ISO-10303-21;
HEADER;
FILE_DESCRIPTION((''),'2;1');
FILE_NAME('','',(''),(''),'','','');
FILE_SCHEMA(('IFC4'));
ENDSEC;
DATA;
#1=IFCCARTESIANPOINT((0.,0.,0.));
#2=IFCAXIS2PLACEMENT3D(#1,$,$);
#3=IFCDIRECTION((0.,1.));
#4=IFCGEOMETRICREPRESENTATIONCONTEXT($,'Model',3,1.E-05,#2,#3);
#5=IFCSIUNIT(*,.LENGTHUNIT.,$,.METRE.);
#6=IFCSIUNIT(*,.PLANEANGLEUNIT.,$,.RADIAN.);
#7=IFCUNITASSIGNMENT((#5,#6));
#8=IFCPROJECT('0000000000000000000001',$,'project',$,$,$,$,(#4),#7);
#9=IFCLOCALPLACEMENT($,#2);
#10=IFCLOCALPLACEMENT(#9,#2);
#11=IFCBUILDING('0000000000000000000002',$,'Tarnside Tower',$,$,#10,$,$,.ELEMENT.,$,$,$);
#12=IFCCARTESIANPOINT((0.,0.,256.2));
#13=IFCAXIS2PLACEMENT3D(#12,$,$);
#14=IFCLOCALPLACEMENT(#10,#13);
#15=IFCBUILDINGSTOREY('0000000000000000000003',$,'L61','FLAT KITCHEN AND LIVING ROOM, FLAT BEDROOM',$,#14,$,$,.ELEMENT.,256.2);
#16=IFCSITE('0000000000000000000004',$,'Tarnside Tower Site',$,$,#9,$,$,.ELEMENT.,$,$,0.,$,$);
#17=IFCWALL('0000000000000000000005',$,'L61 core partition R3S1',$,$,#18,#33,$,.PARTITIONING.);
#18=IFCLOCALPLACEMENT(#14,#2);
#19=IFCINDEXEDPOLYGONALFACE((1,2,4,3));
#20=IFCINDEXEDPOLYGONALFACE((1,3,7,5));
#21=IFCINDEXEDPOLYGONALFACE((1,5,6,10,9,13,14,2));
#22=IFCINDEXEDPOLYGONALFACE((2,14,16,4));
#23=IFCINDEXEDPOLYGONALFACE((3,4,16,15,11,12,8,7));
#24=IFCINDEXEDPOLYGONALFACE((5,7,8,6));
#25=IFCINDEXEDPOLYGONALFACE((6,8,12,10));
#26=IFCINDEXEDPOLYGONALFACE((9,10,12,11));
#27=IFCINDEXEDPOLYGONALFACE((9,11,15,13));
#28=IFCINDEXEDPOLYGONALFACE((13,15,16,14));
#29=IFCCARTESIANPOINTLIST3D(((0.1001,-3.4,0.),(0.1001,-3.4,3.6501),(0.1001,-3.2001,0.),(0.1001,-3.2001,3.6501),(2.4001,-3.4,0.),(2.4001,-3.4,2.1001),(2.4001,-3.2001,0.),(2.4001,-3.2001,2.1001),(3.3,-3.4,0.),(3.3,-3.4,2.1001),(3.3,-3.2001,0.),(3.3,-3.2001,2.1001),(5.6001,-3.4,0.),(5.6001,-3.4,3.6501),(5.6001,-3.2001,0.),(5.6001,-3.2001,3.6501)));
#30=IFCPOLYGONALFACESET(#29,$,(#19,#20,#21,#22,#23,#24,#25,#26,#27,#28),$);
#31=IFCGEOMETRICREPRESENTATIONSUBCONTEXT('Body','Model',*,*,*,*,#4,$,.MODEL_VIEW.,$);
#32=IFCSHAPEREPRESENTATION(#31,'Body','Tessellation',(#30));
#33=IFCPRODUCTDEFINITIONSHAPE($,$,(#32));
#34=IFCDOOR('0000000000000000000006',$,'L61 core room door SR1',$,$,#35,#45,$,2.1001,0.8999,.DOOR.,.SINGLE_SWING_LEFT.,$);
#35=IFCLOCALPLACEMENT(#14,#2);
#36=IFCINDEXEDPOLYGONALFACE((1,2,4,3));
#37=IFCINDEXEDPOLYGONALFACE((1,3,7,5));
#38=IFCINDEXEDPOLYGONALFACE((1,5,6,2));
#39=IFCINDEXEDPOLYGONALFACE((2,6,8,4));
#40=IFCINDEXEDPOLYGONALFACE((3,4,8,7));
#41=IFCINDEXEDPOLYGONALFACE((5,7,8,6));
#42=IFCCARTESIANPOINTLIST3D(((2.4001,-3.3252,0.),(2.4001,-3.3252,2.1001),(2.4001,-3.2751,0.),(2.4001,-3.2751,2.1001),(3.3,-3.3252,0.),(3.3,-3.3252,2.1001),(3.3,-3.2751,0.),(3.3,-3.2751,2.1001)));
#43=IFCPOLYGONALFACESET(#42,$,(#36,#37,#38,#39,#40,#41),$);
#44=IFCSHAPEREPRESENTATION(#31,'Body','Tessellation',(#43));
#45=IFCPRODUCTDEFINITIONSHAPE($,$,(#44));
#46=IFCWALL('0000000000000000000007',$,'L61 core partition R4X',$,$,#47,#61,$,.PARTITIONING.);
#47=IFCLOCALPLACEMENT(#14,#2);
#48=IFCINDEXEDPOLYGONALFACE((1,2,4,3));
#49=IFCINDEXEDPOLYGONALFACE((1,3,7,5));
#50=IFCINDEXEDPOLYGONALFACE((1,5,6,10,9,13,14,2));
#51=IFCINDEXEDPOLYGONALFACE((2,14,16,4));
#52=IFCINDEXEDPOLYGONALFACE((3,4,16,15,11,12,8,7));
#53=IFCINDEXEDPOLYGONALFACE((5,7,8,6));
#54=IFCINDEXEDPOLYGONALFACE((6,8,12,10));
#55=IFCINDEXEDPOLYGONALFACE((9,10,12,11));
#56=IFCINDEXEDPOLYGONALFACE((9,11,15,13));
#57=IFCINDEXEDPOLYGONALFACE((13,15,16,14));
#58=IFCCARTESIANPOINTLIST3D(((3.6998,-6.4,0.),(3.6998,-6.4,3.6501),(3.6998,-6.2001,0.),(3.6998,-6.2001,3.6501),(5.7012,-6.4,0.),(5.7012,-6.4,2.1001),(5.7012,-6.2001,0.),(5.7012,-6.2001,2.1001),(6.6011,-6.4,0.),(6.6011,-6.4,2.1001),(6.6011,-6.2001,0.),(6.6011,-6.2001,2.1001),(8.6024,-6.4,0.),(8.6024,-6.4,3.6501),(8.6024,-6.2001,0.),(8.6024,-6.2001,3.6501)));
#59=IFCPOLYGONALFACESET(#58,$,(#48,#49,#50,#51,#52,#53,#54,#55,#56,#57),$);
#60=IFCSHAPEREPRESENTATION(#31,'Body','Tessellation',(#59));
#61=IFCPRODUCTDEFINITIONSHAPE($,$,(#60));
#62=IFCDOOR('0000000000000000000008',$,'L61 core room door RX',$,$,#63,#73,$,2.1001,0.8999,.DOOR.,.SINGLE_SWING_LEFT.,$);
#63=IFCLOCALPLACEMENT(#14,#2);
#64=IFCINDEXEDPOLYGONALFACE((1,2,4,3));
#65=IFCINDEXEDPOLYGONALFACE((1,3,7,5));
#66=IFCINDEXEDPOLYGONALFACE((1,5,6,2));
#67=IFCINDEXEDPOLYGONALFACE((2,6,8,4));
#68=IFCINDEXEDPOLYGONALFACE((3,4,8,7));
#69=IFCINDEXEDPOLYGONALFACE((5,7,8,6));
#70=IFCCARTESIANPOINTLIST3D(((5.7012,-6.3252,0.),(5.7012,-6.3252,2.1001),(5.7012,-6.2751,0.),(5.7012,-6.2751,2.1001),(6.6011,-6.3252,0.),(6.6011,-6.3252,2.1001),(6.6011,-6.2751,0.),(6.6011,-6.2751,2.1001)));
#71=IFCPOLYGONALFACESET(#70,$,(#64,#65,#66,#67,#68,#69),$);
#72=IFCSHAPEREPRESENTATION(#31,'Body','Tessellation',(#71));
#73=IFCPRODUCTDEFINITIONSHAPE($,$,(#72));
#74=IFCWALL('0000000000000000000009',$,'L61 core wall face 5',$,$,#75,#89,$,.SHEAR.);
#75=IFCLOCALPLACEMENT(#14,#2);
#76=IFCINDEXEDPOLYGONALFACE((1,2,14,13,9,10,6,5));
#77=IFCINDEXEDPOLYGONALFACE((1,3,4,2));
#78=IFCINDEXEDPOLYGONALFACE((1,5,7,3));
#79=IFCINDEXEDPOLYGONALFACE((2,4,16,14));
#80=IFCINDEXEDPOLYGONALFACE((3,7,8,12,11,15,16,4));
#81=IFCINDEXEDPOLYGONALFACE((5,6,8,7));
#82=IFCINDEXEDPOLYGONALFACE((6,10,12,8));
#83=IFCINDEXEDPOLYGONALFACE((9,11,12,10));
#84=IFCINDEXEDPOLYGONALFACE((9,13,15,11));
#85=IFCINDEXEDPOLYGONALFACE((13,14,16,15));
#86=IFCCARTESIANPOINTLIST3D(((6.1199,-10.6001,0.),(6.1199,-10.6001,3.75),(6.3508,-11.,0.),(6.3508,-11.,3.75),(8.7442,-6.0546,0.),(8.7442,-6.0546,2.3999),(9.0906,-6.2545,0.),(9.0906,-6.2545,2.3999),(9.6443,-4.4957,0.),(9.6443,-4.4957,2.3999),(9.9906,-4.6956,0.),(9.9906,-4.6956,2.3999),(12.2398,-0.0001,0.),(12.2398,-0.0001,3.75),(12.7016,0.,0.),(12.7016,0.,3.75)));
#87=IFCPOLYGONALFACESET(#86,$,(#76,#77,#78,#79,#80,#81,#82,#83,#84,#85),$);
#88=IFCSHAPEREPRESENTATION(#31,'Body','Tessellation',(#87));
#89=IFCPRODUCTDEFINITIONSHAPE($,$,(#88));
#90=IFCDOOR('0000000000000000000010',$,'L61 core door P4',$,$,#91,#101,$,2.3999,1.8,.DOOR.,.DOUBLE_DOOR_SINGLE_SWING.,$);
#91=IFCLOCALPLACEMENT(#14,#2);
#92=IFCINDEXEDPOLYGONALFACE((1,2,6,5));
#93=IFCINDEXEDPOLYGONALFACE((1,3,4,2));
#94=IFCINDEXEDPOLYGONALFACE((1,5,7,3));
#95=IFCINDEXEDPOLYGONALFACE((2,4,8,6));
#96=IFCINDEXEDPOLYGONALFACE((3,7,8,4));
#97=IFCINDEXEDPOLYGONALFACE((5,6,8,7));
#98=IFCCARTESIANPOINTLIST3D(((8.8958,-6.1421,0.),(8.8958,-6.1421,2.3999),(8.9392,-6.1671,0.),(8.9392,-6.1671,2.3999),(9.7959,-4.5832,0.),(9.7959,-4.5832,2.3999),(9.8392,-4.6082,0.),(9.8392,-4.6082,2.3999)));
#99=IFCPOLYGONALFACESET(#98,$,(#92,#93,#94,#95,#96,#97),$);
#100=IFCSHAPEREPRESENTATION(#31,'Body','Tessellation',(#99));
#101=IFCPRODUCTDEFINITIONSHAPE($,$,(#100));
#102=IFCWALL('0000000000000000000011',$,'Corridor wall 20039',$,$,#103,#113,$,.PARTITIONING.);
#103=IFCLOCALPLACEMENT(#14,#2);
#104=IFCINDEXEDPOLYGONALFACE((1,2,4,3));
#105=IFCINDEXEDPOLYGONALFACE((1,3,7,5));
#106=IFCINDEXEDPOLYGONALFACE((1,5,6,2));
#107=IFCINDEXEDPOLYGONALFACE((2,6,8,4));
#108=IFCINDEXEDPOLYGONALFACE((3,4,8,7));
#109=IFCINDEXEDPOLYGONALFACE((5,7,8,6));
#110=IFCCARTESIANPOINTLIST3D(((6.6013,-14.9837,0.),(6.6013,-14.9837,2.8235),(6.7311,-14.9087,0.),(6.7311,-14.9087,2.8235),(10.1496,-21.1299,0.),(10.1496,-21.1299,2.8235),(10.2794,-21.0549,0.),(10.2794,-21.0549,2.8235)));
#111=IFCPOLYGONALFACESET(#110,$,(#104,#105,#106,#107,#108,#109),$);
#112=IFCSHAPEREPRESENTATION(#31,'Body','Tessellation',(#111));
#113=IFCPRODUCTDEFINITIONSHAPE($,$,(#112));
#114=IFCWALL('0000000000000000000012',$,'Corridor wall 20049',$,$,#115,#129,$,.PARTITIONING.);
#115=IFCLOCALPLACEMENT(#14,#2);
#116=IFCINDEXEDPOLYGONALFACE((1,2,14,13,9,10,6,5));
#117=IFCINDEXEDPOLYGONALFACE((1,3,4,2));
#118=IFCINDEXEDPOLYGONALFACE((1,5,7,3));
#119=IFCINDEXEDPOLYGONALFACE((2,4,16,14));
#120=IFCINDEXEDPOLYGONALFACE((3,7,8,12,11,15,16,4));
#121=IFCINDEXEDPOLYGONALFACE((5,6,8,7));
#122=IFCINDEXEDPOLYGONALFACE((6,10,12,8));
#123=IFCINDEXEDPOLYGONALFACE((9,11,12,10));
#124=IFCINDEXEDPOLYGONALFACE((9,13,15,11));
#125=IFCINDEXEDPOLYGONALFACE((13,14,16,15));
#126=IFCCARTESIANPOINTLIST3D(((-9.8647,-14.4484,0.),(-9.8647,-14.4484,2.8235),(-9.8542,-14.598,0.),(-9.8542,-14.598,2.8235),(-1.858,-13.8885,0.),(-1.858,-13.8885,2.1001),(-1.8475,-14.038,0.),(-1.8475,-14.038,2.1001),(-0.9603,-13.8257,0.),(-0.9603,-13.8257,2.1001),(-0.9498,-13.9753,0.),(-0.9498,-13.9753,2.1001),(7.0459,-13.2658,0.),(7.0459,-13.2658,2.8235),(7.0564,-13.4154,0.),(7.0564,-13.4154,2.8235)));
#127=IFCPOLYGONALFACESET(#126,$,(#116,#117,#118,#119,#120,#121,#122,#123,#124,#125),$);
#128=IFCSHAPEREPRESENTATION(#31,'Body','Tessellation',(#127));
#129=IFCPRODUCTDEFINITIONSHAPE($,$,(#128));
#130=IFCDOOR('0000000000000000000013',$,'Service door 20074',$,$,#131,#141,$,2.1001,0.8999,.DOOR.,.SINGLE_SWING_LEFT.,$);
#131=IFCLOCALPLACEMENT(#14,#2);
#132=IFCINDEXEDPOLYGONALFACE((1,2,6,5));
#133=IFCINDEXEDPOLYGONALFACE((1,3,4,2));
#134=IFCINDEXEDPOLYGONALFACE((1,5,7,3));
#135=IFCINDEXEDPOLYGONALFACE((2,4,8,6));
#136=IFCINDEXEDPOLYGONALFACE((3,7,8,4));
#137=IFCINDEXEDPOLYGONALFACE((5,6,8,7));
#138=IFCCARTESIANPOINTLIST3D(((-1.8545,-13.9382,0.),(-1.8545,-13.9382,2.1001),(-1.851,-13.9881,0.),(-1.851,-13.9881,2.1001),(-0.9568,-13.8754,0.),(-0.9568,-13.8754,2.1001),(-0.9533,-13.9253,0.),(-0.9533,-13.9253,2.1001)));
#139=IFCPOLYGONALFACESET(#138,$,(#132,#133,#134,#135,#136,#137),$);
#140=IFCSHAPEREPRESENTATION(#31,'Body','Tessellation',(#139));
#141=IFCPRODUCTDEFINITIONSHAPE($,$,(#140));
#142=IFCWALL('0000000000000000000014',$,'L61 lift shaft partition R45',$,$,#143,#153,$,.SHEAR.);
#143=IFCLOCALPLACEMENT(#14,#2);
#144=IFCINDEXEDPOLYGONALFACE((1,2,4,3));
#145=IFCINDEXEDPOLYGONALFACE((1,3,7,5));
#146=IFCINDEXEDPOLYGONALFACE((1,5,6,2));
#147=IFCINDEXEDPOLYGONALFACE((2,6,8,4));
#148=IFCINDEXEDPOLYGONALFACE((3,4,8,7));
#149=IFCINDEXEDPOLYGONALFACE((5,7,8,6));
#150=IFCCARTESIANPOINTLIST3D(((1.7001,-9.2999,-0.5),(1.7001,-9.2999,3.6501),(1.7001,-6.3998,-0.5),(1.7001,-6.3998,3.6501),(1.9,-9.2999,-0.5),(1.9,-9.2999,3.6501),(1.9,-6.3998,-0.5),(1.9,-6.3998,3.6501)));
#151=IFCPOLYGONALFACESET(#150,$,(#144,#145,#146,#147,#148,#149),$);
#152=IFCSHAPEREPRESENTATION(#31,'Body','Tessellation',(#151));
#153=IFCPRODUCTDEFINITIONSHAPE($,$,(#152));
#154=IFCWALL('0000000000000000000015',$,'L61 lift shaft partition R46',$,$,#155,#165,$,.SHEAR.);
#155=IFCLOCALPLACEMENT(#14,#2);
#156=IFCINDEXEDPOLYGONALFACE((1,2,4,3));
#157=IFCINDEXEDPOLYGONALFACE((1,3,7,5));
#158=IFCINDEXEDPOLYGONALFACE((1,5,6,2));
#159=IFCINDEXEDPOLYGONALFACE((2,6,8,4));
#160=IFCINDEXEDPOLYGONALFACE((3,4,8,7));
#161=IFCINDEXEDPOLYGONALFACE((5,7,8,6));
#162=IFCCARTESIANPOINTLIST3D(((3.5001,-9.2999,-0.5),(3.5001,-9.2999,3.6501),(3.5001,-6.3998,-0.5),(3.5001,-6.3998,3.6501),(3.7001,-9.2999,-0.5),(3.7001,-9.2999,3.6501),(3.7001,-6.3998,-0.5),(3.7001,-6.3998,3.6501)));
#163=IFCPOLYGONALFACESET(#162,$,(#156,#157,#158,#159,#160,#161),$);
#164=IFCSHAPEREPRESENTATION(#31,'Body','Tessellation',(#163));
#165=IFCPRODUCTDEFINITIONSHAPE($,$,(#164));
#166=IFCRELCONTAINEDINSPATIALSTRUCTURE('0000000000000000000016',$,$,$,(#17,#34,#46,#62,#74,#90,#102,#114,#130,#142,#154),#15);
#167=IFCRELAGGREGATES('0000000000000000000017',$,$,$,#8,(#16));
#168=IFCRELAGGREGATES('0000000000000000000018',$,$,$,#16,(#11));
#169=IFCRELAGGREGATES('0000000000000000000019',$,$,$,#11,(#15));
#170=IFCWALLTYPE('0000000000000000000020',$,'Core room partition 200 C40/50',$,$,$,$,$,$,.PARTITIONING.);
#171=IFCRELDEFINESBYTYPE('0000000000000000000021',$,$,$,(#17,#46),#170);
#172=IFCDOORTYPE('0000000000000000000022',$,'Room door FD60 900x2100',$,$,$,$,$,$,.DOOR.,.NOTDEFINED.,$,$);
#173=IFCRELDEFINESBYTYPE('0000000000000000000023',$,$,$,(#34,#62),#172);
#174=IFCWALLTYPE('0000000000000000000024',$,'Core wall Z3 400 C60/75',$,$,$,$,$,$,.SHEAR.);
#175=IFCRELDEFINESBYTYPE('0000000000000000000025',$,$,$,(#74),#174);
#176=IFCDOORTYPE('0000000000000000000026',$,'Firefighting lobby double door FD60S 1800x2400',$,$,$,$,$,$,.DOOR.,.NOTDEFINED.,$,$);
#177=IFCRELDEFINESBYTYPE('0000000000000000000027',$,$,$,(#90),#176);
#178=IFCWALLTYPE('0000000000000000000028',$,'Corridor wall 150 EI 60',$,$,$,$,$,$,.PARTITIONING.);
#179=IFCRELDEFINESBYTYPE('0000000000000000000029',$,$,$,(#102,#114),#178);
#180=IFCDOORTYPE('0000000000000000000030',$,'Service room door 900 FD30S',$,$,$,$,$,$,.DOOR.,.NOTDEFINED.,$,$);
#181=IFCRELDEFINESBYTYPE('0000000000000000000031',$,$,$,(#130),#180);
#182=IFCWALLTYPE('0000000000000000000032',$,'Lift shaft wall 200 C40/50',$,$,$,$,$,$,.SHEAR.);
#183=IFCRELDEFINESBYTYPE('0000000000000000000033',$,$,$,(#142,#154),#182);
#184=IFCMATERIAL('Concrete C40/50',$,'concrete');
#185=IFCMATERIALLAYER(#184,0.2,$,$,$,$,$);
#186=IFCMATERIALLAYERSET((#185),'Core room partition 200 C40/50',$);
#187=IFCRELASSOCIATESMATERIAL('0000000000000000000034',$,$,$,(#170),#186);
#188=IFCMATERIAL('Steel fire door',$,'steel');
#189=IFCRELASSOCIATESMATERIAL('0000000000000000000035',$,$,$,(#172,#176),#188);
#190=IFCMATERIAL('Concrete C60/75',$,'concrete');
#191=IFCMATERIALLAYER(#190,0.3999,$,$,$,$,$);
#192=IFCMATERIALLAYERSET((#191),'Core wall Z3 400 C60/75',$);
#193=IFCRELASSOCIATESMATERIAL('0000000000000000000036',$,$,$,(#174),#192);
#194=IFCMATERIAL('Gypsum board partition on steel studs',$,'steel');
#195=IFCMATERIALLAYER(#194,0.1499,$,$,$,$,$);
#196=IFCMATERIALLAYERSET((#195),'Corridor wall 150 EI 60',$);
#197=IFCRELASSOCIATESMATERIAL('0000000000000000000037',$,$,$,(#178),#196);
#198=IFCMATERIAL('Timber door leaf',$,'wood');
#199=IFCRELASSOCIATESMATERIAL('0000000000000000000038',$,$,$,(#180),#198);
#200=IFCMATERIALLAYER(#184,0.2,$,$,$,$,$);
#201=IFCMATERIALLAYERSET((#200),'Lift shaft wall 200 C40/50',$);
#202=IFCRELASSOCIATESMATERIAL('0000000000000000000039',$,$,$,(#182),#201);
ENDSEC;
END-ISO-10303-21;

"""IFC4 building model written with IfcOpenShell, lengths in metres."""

from ifc_helpers import new_model, si_unit, direction, frame, frame_2d, origin, place, context, subcontext, project, spatial, polyline, rectangle, outline, extrude, material, layer, layer_set, type_object, element, fill, save


model = new_model("IFC4")

# Units and contexts
model_context = context("Model", 3, precision=1e-05, world=origin(), true_north=direction((0.0, 1.0)))
body_context = subcontext(model_context, "Body", "Model", "MODEL_VIEW")
ifc_project = project(units=[si_unit("LENGTHUNIT", "METRE"), si_unit("PLANEANGLEUNIT", "RADIAN")], contexts=[model_context])

# Site, building, storey
site_placement = place(None, origin())
site = spatial("IfcSite", under=ifc_project, at=site_placement, Name="Tarnside Tower Site", CompositionType="ELEMENT", RefElevation=0.0)
building_placement = place(site_placement, origin())
building = spatial("IfcBuilding", under=site, at=building_placement, Name="Tarnside Tower", CompositionType="ELEMENT")
storey_placement = place(building_placement, frame((0.0, 0.0, 256.2)))
storey = spatial("IfcBuildingStorey", under=building, at=storey_placement, Name="L61", Description="FLAT KITCHEN AND LIVING ROOM, FLAT BEDROOM", CompositionType="ELEMENT", Elevation=256.2)

# Walls, openings, doors
ifc_material_1 = material(Name="Concrete C40/50", Category="concrete")
ifc_layer_1 = layer(ifc_material_1, 0.2)
ifc_layer_set_1 = layer_set([ifc_layer_1], Name="Core room partition 200 C40/50")
wall_type_1 = type_object("IfcWallType", Name="Core room partition 200 C40/50", PredefinedType="PARTITIONING", material=ifc_layer_set_1)
wall_1_placement = place(storey_placement, frame((0.1001, -3.3, 0.0), z_axis=(0.0, 0.0, 1.0), x_axis=(1.0, 0.0, 0.0)))
wall_1 = element("IfcWall", 1, at=wall_1_placement, inside=storey, type_object=wall_type_1, Name="L61 core partition R3S1", PredefinedType="PARTITIONING", context=body_context, shape_type="SweptSolid", body=[
    extrude(rectangle(XDim=5.5, YDim=0.2, at=frame_2d((2.75, 0.0))), origin(), (0.0, 0.0, 1.0), 3.6501),
])
opening_1_placement = place(wall_1_placement, frame((2.3, 0.0, 0.0)))
opening_1 = element("IfcOpeningElement", 2, at=opening_1_placement, cuts=wall_1, PredefinedType="OPENING", context=body_context, shape_type="SweptSolid", body=[
    extrude(rectangle(XDim=0.8999, YDim=2.1001, at=frame_2d((0.45, 1.05))), frame((0.0, 0.1099, 0.0), z_axis=(0.0, -1.0, 0.0), x_axis=(1.0, 0.0, 0.0)), (0.0, 0.0, 1.0), 0.22),
])
ifc_material_2 = material(Name="Steel fire door", Category="steel")
door_type_1 = type_object("IfcDoorType", Name="Room door FD60 900x2100", OperationType="NOTDEFINED", PredefinedType="DOOR", material=ifc_material_2)
door_1_placement = place(opening_1_placement, origin())
door_1 = element("IfcDoor", 3, at=door_1_placement, inside=storey, type_object=door_type_1, Name="L61 core room door SR1", OperationType="SINGLE_SWING_LEFT", OverallHeight=2.1001, OverallWidth=0.8999, PredefinedType="DOOR", context=body_context, shape_type="SweptSolid", body=[
    extrude(rectangle(XDim=0.8999, YDim=2.1001, at=frame_2d((0.45, 1.05))), frame((0.0, 0.0249, 0.0), z_axis=(0.0, -1.0, 0.0), x_axis=(1.0, 0.0, 0.0)), (0.0, 0.0, 1.0), 0.05),
])
fill(opening_1, door_1)
wall_2_placement = place(storey_placement, frame((3.7, -6.3, 0.0), z_axis=(0.0, 0.0, 1.0), x_axis=(1.0, 0.0, 0.0)))
wall_2 = element("IfcWall", 4, at=wall_2_placement, inside=storey, type_object=wall_type_1, Name="L61 core partition R4X", PredefinedType="PARTITIONING", context=body_context, shape_type="SweptSolid", body=[
    extrude(rectangle(XDim=4.9026, YDim=0.2, at=frame_2d((2.4512, 0.0))), origin(), (0.0, 0.0, 1.0), 3.6501),
])
opening_2_placement = place(wall_2_placement, frame((2.0012, 0.0, 0.0)))
opening_2 = element("IfcOpeningElement", 5, at=opening_2_placement, cuts=wall_2, PredefinedType="OPENING", context=body_context, shape_type="SweptSolid", body=[
    extrude(rectangle(XDim=0.8999, YDim=2.1001, at=frame_2d((0.45, 1.05))), frame((0.0, 0.1099, 0.0), z_axis=(0.0, -1.0, 0.0), x_axis=(1.0, 0.0, 0.0)), (0.0, 0.0, 1.0), 0.22),
])
door_2_placement = place(opening_2_placement, origin())
door_2 = element("IfcDoor", 6, at=door_2_placement, inside=storey, type_object=door_type_1, Name="L61 core room door RX", OperationType="SINGLE_SWING_LEFT", OverallHeight=2.1001, OverallWidth=0.8999, PredefinedType="DOOR", context=body_context, shape_type="SweptSolid", body=[
    extrude(rectangle(XDim=0.8999, YDim=2.1001, at=frame_2d((0.45, 1.05))), frame((0.0, 0.0249, 0.0), z_axis=(0.0, -1.0, 0.0), x_axis=(1.0, 0.0, 0.0)), (0.0, 0.0, 1.0), 0.05),
])
fill(opening_2, door_2)
ifc_material_3 = material(Name="Concrete C60/75", Category="concrete")
ifc_layer_2 = layer(ifc_material_3, 0.3999)
ifc_layer_set_2 = layer_set([ifc_layer_2], Name="Core wall Z3 400 C60/75")
wall_type_2 = type_object("IfcWallType", Name="Core wall Z3 400 C60/75", PredefinedType="SHEAR", material=ifc_layer_set_2)
wall_3_placement = place(storey_placement, frame((6.2354, -10.8, 0.0), z_axis=(0.0, 0.0, 1.0), x_axis=(0.499996, 0.866027, 0.0)))
wall_3 = element("IfcWall", 7, at=wall_3_placement, inside=storey, type_object=wall_type_2, Name="L61 core wall face 5", PredefinedType="SHEAR", context=body_context, shape_type="SweptSolid", body=[
    extrude(outline(polyline([(-0.1155, -0.2), (12.5862, -0.2), (12.3552, 0.2), (0.1155, 0.2), (-0.1155, -0.2)])), origin(), (0.0, 0.0, 1.0), 3.75),
])
opening_3_placement = place(wall_3_placement, frame((5.3643, 0.0, 0.0)))
opening_3 = element("IfcOpeningElement", 8, at=opening_3_placement, cuts=wall_3, PredefinedType="OPENING", context=body_context, shape_type="SweptSolid", body=[
    extrude(rectangle(XDim=1.8, YDim=2.3999, at=frame_2d((0.8999, 1.2))), frame((0.0, 0.21, 0.0), z_axis=(0.0, -1.0, 0.0), x_axis=(1.0, 0.0, 0.0)), (0.0, 0.0, 1.0), 0.4199),
])
door_type_2 = type_object("IfcDoorType", Name="Firefighting lobby double door FD60S 1800x2400", OperationType="NOTDEFINED", PredefinedType="DOOR", material=ifc_material_2)
door_3_placement = place(opening_3_placement, origin())
door_3 = element("IfcDoor", 9, at=door_3_placement, inside=storey, type_object=door_type_2, Name="L61 core door P4", OperationType="DOUBLE_DOOR_SINGLE_SWING", OverallHeight=2.3999, OverallWidth=1.8, PredefinedType="DOOR", context=body_context, shape_type="SweptSolid", body=[
    extrude(rectangle(XDim=1.8, YDim=2.3999, at=frame_2d((0.8999, 1.2))), frame((0.0, 0.0249, 0.0), z_axis=(0.0, -1.0, 0.0), x_axis=(1.0, 0.0, 0.0)), (0.0, 0.0, 1.0), 0.05),
])
fill(opening_3, door_3)

# Wall
ifc_material_4 = material(Name="Gypsum board partition on steel studs", Category="steel")
ifc_layer_3 = layer(ifc_material_4, 0.1499)
ifc_layer_set_3 = layer_set([ifc_layer_3], Name="Corridor wall 150 EI 60")
wall_type_3 = type_object("IfcWallType", Name="Corridor wall 150 EI 60", PredefinedType="PARTITIONING", material=ifc_layer_set_3)
wall_4_placement = place(storey_placement, frame((6.6663, -14.9463, 0.0), z_axis=(0.0, 0.0, 1.0), x_axis=(0.49998, -0.866037, 0.0)))
element("IfcWall", 10, at=wall_4_placement, inside=storey, type_object=wall_type_3, Name="Corridor wall 20039", PredefinedType="PARTITIONING", context=body_context, shape_type="SweptSolid", body=[
    extrude(rectangle(XDim=7.0969, YDim=0.1499, at=frame_2d((3.5483, 0.0))), origin(), (0.0, 0.0, 1.0), 2.8235),
])

# Wall, opening, door
wall_5_placement = place(storey_placement, frame((7.0513, -13.3406, 0.0), z_axis=(0.0, 0.0, 1.0), x_axis=(-0.997564, -0.069763, 0.0)))
wall_5 = element("IfcWall", 11, at=wall_5_placement, inside=storey, type_object=wall_type_3, Name="Corridor wall 20049", PredefinedType="PARTITIONING", context=body_context, shape_type="SweptSolid", body=[
    extrude(rectangle(XDim=16.9519, YDim=0.1499, at=frame_2d((8.4761, 0.0))), origin(), (0.0, 0.0, 1.0), 2.8235),
])
opening_4_placement = place(wall_5_placement, frame((8.0259, 0.0, 0.0)))
opening_4 = element("IfcOpeningElement", 12, at=opening_4_placement, cuts=wall_5, PredefinedType="OPENING", context=body_context, shape_type="SweptSolid", body=[
    extrude(rectangle(XDim=0.8999, YDim=2.1001, at=frame_2d((0.45, 1.05))), frame((0.0, 0.085, 0.0), z_axis=(0.0, -1.0, 0.0), x_axis=(1.0, 0.0, 0.0)), (0.0, 0.0, 1.0), 0.1699),
])
ifc_material_5 = material(Name="Timber door leaf", Category="wood")
door_type_3 = type_object("IfcDoorType", Name="Service room door 900 FD30S", OperationType="NOTDEFINED", PredefinedType="DOOR", material=ifc_material_5)
door_4_placement = place(opening_4_placement, origin())
door_4 = element("IfcDoor", 13, at=door_4_placement, inside=storey, type_object=door_type_3, Name="Service door 20074", OperationType="SINGLE_SWING_LEFT", OverallHeight=2.1001, OverallWidth=0.8999, PredefinedType="DOOR", context=body_context, shape_type="SweptSolid", body=[
    extrude(rectangle(XDim=0.8999, YDim=2.1001, at=frame_2d((0.45, 1.05))), frame((0.0, 0.0249, 0.0), z_axis=(0.0, -1.0, 0.0), x_axis=(1.0, 0.0, 0.0)), (0.0, 0.0, 1.0), 0.05),
])
fill(opening_4, door_4)

# Walls
ifc_layer_4 = layer(ifc_material_1, 0.2)
ifc_layer_set_4 = layer_set([ifc_layer_4], Name="Lift shaft wall 200 C40/50")
wall_type_4 = type_object("IfcWallType", Name="Lift shaft wall 200 C40/50", PredefinedType="SHEAR", material=ifc_layer_set_4)
for number, where, z_axis, x_axis, name in (
    (14, (1.8, -9.3, -0.5), (0.0, 0.0, 1.0), (0.0, 1.0, 0.0), "L61 lift shaft partition R45"),
    (15, (3.6001, -9.3, -0.5), (0.0, 0.0, 1.0), (0.0, 1.0, 0.0), "L61 lift shaft partition R46"),
):
    element("IfcWall", number, at=place(storey_placement, frame(where, z_axis=z_axis, x_axis=x_axis)), inside=storey, type_object=wall_type_4, Name=name, PredefinedType="SHEAR", context=body_context, shape_type="SweptSolid", body=[
        extrude(rectangle(XDim=2.9001, YDim=0.2, at=frame_2d((1.4502, 0.0))), origin(), (0.0, 0.0, 1.0), 4.1501),
    ])

save(model, "model.ifc")
